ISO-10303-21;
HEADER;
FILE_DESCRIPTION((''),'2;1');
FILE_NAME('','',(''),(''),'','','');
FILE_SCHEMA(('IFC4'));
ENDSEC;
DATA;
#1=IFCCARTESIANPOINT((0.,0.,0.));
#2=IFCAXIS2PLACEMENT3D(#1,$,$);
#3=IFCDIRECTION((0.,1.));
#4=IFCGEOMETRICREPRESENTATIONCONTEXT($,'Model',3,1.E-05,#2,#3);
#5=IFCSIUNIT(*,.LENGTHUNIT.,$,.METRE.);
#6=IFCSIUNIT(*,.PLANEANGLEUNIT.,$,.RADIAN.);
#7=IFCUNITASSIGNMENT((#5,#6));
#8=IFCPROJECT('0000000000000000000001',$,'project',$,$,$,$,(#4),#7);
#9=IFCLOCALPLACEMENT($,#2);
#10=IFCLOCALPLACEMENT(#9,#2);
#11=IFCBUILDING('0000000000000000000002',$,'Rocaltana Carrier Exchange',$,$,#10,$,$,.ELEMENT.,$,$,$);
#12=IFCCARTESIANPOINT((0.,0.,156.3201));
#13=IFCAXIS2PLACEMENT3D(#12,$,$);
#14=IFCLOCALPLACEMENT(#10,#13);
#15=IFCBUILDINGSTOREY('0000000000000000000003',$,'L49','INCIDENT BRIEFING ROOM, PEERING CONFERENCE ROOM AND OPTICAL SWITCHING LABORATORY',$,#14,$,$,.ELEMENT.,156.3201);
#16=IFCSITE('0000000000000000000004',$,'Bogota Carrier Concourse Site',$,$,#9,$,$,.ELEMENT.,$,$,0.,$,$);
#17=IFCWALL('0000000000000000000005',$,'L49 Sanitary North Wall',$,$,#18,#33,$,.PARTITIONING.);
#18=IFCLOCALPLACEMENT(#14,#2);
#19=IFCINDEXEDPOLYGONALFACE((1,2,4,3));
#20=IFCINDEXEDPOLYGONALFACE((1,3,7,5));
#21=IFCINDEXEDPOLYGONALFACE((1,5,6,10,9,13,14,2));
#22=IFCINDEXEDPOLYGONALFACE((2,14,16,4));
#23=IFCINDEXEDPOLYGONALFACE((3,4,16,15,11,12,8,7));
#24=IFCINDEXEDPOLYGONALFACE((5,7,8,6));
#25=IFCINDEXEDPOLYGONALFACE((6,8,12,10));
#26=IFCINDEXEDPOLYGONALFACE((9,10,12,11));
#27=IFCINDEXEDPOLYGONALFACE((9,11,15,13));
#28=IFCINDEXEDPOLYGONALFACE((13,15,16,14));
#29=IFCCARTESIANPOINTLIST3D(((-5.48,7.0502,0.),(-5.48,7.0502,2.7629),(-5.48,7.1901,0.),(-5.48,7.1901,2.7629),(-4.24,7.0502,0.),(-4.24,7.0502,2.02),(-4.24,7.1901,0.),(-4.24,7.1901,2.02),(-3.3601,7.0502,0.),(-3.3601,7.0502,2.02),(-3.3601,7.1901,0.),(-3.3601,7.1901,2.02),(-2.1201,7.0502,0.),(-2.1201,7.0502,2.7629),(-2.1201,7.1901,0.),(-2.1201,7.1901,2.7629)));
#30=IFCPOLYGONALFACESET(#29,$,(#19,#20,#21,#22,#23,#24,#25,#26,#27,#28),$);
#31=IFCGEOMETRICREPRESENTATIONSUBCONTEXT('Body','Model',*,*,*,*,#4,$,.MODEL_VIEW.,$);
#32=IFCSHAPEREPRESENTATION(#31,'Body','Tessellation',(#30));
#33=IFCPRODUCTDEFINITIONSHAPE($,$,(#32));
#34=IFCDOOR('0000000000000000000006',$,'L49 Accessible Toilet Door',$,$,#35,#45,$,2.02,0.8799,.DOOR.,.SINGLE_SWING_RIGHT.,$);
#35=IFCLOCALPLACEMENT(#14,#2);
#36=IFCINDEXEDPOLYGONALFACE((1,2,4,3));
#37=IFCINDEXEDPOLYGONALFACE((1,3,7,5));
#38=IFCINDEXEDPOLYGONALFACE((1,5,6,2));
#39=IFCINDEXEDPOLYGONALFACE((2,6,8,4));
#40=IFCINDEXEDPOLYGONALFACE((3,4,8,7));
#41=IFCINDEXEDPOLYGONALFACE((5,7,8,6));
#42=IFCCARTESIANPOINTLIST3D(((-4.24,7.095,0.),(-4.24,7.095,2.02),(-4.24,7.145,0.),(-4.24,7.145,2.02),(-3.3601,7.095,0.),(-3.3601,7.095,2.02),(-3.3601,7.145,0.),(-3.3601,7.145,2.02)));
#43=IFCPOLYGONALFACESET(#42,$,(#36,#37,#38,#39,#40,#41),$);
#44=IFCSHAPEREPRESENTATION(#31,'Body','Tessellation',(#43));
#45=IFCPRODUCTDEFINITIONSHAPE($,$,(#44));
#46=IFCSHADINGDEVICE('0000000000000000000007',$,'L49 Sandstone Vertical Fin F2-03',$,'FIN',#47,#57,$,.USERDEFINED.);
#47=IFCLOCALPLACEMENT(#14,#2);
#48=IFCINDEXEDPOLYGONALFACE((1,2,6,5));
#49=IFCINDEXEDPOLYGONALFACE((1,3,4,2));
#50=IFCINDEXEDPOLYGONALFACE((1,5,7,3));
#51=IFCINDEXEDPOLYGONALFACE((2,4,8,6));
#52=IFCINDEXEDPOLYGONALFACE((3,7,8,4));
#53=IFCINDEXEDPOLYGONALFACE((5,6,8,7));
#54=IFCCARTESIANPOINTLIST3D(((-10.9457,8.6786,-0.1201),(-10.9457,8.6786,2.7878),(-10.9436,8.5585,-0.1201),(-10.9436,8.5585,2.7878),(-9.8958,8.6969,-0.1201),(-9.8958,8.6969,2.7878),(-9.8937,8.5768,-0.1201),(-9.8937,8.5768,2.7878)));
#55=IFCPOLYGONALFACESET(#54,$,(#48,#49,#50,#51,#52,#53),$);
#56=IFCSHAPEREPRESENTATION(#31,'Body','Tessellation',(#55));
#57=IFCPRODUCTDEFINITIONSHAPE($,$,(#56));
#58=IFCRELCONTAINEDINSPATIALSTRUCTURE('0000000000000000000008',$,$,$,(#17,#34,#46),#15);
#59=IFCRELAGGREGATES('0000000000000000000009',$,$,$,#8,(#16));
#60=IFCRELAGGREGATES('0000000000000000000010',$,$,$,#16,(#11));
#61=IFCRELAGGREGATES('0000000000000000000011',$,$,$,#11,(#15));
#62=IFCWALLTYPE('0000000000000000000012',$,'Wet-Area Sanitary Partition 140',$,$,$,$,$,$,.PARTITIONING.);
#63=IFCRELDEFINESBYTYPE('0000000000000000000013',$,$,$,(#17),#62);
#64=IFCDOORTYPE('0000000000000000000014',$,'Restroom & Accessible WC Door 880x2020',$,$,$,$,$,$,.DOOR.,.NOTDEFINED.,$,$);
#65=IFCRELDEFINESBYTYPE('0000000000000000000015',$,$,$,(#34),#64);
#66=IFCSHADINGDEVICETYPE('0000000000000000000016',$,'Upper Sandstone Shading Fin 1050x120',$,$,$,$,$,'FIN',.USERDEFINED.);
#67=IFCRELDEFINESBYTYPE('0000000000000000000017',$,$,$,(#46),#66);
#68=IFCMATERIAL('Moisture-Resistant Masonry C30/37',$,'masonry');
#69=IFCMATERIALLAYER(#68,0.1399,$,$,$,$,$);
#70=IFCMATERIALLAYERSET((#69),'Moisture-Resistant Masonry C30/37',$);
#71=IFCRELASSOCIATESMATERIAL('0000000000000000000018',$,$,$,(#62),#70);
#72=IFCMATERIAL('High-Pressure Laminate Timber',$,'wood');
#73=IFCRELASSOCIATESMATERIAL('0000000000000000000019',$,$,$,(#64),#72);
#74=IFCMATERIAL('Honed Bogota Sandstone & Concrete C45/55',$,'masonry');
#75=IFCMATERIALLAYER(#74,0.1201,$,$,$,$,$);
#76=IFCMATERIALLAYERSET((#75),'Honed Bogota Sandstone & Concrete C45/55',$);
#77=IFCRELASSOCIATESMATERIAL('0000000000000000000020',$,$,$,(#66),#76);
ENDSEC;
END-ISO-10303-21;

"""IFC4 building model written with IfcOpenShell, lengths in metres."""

from ifc_helpers import new_model, si_unit, direction, frame, frame_2d, origin, origin_2d, place, context, subcontext, project, spatial, rectangle, extrude, material, layer, layer_set, type_object, element, fill, save


model = new_model("IFC4")

# Units and contexts
model_context = context("Model", 3, precision=1e-05, world=origin(), true_north=direction((0.0, 1.0)))
body_context = subcontext(model_context, "Body", "Model", "MODEL_VIEW")
ifc_project = project(units=[si_unit("LENGTHUNIT", "METRE"), si_unit("PLANEANGLEUNIT", "RADIAN")], contexts=[model_context])

# Site, building, storey
site_placement = place(None, origin())
site = spatial("IfcSite", under=ifc_project, at=site_placement, Name="Bogota Carrier Concourse Site", CompositionType="ELEMENT", RefElevation=0.0)
building_placement = place(site_placement, origin())
building = spatial("IfcBuilding", under=site, at=building_placement, Name="Rocaltana Carrier Exchange", CompositionType="ELEMENT")
storey_placement = place(building_placement, frame((0.0, 0.0, 156.3201)))
storey = spatial("IfcBuildingStorey", under=building, at=storey_placement, Name="L49", Description="INCIDENT BRIEFING ROOM, PEERING CONFERENCE ROOM AND OPTICAL SWITCHING LABORATORY", CompositionType="ELEMENT", Elevation=156.3201)

# Shared definitions
ifc_material_1 = material(Name="Moisture-Resistant Masonry C30/37", Category="masonry")
ifc_layer_1 = layer(ifc_material_1, 0.1399)
ifc_layer_set_1 = layer_set([ifc_layer_1], Name="Moisture-Resistant Masonry C30/37")
wall_type_1 = type_object("IfcWallType", Name="Wet-Area Sanitary Partition 140", PredefinedType="PARTITIONING", material=ifc_layer_set_1)

# Wall, opening, door
wall_1_placement = place(storey_placement, frame((-5.48, 7.1201, 0.0), z_axis=(0.0, 0.0, 1.0), x_axis=(1.0, 0.0, 0.0)))
wall_1 = element("IfcWall", 1, at=wall_1_placement, inside=storey, type_object=wall_type_1, Name="L49 Sanitary North Wall", PredefinedType="PARTITIONING", context=body_context, shape_type="SweptSolid", body=[
    extrude(rectangle(XDim=3.3599, YDim=0.1399, at=frame_2d((1.6799, 0.0))), origin(), (0.0, 0.0, 1.0), 2.7629),
])
opening_placement = place(wall_1_placement, frame((1.24, 0.0, 0.0)))
opening = element("IfcOpeningElement", 2, at=opening_placement, cuts=wall_1, PredefinedType="OPENING", context=body_context, shape_type="SweptSolid", body=[
    extrude(rectangle(XDim=0.8799, YDim=2.02, at=frame_2d((0.4399, 1.01))), frame((0.0, 0.0798, 0.0), z_axis=(0.0, -1.0, 0.0), x_axis=(1.0, 0.0, 0.0)), (0.0, 0.0, 1.0), 0.1599),
])
ifc_material_2 = material(Name="High-Pressure Laminate Timber", Category="wood")
door_type = type_object("IfcDoorType", Name="Restroom & Accessible WC Door 880x2020", OperationType="NOTDEFINED", PredefinedType="DOOR", material=ifc_material_2)
door_placement = place(opening_placement, origin())
door = element("IfcDoor", 3, at=door_placement, inside=storey, type_object=door_type, Name="L49 Accessible Toilet Door", OperationType="SINGLE_SWING_RIGHT", OverallHeight=2.02, OverallWidth=0.8799, PredefinedType="DOOR", context=body_context, shape_type="SweptSolid", body=[
    extrude(rectangle(XDim=0.8799, YDim=2.02, at=frame_2d((0.4399, 1.01))), frame((0.0, 0.0249, 0.0), z_axis=(0.0, -1.0, 0.0), x_axis=(1.0, 0.0, 0.0)), (0.0, 0.0, 1.0), 0.05),
])
fill(opening, door)

# Shading device
ifc_material_3 = material(Name="Honed Bogota Sandstone & Concrete C45/55", Category="masonry")
ifc_layer_2 = layer(ifc_material_3, 0.1201)
ifc_layer_set_2 = layer_set([ifc_layer_2], Name="Honed Bogota Sandstone & Concrete C45/55")
shading_device_type = type_object("IfcShadingDeviceType", Name="Upper Sandstone Shading Fin 1050x120", ElementType="FIN", PredefinedType="USERDEFINED", material=ifc_layer_set_2)
shading_device_placement = place(storey_placement, frame((-10.4197, 8.6277, -0.1201), z_axis=(0.0, 0.0, 1.0), x_axis=(-0.999848, -0.017452, 0.0)))
element("IfcShadingDevice", 4, at=shading_device_placement, inside=storey, type_object=shading_device_type, Name="L49 Sandstone Vertical Fin F2-03", ObjectType="FIN", PredefinedType="USERDEFINED", context=body_context, shape_type="SweptSolid", body=[
    extrude(rectangle(XDim=1.05, YDim=0.1201, at=origin_2d()), origin(), (0.0, 0.0, 1.0), 2.908),
])

save(model, "model.ifc")
